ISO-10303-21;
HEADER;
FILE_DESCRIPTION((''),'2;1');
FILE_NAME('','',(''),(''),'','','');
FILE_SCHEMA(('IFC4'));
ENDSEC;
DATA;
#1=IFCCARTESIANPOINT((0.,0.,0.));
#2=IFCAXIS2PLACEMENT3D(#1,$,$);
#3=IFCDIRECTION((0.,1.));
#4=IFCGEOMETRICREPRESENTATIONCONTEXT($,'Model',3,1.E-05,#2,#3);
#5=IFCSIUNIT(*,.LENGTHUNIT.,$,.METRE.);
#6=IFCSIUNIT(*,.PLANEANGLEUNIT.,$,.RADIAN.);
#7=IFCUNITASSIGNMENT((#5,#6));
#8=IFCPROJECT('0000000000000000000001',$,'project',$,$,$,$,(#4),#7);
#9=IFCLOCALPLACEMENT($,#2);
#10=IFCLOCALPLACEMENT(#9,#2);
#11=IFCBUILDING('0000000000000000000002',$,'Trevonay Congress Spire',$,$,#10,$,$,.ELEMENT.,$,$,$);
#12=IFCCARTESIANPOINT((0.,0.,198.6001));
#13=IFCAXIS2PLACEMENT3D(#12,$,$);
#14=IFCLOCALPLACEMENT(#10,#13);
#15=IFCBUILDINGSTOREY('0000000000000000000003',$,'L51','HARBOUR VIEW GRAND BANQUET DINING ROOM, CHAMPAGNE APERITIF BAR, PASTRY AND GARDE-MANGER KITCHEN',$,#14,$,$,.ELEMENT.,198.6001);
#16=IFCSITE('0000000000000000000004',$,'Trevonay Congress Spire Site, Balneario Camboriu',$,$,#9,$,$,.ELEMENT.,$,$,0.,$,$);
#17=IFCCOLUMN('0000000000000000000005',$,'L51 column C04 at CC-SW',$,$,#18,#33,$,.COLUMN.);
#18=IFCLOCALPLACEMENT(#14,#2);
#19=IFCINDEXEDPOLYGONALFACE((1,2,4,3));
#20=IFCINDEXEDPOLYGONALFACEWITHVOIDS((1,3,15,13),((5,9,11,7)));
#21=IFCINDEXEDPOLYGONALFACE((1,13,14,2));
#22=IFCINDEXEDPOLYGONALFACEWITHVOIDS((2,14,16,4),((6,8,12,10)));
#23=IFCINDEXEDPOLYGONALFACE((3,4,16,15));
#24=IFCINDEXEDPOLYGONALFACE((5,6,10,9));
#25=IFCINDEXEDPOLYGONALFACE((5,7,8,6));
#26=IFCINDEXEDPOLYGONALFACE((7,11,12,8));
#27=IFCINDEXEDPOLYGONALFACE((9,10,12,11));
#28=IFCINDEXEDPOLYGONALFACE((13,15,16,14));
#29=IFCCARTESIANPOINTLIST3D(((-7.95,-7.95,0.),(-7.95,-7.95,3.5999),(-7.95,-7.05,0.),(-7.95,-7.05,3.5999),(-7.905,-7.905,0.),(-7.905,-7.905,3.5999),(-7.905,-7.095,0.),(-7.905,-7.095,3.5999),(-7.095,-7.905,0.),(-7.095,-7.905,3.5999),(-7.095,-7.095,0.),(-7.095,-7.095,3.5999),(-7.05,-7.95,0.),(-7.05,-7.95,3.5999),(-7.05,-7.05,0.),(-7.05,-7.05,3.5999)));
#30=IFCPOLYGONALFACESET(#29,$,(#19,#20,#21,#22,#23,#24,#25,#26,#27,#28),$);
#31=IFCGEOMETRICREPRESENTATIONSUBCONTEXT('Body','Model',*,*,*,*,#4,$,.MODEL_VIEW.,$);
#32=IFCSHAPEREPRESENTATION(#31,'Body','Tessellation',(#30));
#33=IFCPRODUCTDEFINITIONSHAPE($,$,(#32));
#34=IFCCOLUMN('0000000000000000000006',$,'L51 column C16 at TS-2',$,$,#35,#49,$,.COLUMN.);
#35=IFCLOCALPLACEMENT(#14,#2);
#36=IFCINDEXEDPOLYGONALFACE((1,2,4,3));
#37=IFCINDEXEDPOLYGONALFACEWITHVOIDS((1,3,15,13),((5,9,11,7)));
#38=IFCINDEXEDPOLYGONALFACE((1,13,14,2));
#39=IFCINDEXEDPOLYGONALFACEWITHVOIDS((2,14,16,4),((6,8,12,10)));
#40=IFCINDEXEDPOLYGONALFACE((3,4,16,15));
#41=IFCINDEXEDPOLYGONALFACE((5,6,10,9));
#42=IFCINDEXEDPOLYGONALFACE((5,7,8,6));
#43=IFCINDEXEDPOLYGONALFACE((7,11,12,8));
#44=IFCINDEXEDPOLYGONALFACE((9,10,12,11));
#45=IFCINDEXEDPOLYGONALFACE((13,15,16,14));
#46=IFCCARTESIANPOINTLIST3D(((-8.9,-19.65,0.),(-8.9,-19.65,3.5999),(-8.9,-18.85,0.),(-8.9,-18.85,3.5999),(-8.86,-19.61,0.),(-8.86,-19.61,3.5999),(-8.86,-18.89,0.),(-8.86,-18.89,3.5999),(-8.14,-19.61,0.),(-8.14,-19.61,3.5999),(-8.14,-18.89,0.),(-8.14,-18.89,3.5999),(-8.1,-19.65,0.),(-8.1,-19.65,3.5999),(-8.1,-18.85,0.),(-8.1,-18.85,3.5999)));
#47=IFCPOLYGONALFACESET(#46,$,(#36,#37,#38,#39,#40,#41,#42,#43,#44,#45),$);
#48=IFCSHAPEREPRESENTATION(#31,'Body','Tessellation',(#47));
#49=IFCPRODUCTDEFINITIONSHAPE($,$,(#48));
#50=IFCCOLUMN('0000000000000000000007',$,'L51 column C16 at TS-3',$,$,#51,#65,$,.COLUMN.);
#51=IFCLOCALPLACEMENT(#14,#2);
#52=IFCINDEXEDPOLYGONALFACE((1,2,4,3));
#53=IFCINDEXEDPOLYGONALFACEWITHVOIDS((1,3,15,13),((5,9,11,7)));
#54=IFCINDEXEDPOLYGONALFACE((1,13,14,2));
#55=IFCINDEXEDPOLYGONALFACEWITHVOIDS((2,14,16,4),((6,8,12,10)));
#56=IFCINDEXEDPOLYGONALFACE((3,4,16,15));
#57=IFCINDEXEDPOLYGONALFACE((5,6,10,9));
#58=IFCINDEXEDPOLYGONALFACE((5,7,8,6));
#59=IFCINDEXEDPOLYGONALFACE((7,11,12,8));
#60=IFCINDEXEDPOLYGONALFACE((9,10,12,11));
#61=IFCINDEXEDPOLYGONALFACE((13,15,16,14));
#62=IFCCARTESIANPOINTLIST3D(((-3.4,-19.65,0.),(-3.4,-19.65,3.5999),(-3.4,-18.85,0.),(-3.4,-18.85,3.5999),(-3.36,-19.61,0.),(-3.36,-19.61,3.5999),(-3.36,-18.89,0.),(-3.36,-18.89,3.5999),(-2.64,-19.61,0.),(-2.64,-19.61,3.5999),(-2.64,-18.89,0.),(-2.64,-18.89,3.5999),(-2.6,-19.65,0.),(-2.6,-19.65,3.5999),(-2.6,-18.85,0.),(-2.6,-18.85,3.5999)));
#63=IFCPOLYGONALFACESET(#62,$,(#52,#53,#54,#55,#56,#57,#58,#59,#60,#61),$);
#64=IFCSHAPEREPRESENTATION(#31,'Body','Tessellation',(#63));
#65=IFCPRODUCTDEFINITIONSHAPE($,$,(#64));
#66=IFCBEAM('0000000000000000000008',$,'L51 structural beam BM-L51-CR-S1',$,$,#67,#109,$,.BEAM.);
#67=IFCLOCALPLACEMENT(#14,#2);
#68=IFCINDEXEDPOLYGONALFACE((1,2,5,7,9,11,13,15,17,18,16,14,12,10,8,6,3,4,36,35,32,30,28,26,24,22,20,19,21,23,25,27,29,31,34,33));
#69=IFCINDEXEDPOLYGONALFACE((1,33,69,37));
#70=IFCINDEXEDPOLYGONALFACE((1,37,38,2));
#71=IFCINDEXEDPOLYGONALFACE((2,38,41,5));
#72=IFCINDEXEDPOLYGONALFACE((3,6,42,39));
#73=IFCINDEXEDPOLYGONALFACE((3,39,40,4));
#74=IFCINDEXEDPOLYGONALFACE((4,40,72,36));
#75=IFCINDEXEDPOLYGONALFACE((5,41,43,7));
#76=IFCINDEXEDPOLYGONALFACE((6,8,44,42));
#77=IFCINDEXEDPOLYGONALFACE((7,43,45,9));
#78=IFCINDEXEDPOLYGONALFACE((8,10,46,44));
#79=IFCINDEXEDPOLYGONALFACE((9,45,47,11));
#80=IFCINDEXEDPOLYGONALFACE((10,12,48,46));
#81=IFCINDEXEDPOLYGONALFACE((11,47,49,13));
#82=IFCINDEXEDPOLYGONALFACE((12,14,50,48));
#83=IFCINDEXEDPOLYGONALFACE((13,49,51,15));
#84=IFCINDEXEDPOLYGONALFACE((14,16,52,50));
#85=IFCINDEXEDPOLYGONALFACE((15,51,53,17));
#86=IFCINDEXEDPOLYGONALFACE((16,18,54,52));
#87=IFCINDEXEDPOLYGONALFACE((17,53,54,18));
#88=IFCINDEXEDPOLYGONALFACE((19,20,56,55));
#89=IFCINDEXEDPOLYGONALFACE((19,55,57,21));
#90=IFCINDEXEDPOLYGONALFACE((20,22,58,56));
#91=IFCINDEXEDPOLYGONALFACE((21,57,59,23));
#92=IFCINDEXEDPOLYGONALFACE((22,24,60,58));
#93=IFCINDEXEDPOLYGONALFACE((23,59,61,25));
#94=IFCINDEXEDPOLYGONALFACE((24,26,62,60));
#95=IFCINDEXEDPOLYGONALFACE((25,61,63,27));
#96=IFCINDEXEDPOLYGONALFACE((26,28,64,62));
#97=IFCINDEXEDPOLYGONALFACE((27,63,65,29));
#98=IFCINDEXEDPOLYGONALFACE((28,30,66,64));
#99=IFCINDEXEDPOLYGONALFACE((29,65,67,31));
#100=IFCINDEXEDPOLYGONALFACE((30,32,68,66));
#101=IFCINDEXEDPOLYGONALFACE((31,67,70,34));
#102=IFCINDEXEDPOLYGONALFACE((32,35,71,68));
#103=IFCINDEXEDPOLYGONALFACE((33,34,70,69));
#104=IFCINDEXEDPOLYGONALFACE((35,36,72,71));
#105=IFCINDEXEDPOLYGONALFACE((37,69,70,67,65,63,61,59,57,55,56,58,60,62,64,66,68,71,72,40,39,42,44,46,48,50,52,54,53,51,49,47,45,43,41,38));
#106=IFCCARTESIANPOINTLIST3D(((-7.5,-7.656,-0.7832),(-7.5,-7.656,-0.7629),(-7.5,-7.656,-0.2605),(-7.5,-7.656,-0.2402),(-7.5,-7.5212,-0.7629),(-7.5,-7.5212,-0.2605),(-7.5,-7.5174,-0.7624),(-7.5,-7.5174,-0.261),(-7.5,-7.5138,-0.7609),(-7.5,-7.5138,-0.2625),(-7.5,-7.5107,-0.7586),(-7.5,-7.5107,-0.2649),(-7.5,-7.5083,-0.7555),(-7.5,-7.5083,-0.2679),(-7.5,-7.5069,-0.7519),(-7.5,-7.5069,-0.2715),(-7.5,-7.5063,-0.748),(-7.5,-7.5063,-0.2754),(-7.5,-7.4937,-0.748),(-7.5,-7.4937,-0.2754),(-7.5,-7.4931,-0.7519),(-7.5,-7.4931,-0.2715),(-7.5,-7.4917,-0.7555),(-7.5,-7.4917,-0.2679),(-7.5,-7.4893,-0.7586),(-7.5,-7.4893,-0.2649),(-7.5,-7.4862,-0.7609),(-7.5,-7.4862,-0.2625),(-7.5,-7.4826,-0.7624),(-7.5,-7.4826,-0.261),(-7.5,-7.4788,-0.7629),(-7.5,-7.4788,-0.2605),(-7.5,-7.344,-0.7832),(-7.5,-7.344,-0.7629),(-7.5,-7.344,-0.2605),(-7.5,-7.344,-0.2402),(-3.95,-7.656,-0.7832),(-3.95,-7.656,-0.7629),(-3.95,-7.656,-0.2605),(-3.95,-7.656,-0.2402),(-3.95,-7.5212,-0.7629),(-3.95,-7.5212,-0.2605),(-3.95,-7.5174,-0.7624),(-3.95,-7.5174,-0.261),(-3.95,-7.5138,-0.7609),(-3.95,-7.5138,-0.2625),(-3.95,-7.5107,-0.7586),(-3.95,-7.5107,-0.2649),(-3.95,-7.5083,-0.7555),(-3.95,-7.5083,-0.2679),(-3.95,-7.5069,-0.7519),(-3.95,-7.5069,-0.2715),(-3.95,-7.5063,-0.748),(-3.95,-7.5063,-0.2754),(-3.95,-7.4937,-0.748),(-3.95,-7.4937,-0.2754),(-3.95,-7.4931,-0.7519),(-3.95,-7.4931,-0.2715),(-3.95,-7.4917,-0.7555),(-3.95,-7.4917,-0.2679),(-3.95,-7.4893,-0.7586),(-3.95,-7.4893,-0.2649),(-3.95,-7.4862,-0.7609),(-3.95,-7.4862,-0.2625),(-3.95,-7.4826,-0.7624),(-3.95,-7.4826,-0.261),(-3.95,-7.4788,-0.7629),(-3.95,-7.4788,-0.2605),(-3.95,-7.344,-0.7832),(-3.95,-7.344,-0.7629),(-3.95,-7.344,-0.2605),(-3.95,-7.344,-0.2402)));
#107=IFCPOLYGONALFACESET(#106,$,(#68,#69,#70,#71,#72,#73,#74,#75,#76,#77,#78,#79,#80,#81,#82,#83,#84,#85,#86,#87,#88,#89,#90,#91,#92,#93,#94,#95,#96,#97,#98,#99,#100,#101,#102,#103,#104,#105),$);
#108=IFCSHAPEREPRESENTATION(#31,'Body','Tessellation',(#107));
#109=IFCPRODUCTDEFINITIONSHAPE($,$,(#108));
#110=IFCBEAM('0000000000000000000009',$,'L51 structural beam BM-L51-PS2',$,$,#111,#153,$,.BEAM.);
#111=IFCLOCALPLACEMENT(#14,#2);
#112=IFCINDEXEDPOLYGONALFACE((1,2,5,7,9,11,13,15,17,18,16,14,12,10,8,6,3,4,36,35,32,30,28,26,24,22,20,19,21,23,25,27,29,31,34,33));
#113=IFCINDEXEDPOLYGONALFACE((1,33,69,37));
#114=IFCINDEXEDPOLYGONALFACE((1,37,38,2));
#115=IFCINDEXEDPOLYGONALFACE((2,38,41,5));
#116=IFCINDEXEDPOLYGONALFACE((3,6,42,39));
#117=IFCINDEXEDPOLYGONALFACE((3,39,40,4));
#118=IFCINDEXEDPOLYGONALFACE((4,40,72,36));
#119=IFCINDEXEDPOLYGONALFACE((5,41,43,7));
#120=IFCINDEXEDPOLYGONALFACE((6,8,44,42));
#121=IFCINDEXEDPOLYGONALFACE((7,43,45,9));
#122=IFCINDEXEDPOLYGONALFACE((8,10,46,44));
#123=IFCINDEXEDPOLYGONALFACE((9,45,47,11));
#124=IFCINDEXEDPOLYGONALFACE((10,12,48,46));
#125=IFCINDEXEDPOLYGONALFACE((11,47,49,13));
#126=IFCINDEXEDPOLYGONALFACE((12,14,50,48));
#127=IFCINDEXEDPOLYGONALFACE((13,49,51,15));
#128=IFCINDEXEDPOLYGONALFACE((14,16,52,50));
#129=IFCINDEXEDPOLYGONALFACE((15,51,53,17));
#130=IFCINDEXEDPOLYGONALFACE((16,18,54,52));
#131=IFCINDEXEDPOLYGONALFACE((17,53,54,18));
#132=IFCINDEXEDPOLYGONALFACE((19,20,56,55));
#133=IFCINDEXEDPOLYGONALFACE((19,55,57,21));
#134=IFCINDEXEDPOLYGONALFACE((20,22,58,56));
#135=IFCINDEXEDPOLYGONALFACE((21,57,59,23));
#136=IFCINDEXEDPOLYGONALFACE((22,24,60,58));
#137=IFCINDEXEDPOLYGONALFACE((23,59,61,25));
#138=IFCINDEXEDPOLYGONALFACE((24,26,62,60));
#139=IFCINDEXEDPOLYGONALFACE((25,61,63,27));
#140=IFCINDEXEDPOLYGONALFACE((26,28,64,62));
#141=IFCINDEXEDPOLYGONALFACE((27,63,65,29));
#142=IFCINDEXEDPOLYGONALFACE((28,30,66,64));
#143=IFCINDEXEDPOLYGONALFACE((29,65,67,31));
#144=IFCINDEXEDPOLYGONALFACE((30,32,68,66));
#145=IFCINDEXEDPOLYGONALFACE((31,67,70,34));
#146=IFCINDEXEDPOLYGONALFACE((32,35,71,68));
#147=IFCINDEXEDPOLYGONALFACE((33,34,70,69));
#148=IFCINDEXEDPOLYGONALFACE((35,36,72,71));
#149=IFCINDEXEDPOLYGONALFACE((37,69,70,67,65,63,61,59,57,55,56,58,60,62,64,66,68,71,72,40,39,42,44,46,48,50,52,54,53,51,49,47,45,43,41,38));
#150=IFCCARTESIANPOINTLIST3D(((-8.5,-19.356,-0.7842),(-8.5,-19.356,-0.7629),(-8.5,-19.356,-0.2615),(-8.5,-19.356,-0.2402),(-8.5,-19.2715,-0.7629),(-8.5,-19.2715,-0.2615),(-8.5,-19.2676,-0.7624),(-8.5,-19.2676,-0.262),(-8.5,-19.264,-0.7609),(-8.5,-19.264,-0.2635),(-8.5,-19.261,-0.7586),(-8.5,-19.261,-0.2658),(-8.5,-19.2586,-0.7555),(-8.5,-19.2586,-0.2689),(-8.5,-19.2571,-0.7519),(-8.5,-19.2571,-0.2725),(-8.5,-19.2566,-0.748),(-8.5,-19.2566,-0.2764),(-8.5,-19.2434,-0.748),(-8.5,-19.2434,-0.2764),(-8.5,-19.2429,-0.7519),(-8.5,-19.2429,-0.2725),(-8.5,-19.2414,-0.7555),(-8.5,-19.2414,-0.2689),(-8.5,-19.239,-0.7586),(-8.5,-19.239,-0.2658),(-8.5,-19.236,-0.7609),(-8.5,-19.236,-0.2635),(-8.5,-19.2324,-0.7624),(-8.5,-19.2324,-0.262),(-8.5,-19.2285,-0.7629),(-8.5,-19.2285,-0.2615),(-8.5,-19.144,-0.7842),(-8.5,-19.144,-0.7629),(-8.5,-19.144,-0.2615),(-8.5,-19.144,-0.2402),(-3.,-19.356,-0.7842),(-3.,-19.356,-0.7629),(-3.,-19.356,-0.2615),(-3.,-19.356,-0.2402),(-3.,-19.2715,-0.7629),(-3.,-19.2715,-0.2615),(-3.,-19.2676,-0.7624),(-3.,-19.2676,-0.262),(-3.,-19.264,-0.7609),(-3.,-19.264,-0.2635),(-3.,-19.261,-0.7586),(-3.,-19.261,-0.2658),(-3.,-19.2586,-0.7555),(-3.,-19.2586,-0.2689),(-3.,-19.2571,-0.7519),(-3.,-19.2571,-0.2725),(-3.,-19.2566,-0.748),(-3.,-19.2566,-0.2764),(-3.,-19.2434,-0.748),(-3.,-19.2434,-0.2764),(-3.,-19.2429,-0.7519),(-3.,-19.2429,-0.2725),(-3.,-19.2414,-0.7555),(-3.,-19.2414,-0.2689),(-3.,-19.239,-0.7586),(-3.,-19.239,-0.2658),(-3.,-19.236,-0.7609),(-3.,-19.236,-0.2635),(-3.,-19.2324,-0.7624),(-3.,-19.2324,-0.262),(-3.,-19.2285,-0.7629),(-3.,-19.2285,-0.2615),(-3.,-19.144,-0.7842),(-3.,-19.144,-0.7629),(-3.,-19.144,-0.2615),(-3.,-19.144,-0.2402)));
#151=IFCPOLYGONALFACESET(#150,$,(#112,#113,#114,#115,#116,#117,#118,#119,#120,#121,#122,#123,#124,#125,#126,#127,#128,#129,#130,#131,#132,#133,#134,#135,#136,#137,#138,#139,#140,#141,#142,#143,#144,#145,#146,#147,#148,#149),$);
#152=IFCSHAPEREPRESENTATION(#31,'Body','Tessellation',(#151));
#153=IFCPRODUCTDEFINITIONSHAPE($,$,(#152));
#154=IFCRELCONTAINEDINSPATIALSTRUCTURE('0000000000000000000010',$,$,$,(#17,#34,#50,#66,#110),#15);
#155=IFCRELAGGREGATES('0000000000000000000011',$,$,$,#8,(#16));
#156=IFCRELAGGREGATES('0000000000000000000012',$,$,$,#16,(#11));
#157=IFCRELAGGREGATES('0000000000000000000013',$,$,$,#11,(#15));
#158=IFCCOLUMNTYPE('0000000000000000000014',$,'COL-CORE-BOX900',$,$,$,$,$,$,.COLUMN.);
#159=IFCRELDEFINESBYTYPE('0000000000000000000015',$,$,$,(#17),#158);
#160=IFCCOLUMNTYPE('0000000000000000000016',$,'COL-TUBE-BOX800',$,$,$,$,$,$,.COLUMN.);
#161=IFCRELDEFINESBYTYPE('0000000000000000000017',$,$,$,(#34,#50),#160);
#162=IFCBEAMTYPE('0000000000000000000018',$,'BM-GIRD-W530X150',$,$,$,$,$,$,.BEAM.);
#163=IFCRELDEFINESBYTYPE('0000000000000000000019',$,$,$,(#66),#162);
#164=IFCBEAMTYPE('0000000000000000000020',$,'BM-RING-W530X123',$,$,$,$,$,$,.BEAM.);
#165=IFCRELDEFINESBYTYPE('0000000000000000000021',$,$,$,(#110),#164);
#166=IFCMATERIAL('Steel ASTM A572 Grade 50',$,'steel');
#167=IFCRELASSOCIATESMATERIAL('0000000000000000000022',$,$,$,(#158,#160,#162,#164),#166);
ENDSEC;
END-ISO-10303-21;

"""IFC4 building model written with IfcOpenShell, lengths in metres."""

from ifc_helpers import new_model, si_unit, direction, frame, origin, origin_2d, place, context, subcontext, project, spatial, hollow_rectangle, i_section, extrude, material, material_profile, profile_set, type_object, element, save


model = new_model("IFC4")

# Units and contexts
model_context = context("Model", 3, precision=1e-05, world=origin(), true_north=direction((0.0, 1.0)))
body_context = subcontext(model_context, "Body", "Model", "MODEL_VIEW")
ifc_project = project(units=[si_unit("LENGTHUNIT", "METRE"), si_unit("PLANEANGLEUNIT", "RADIAN")], contexts=[model_context])

# Site, building, storey
site_placement = place(None, origin())
site = spatial("IfcSite", under=ifc_project, at=site_placement, Name="Trevonay Congress Spire Site, Balneario Camboriu", CompositionType="ELEMENT", RefElevation=0.0)
building_placement = place(site_placement, origin())
building = spatial("IfcBuilding", under=site, at=building_placement, Name="Trevonay Congress Spire", CompositionType="ELEMENT")
storey_placement = place(building_placement, frame((0.0, 0.0, 198.6001)))
storey = spatial("IfcBuildingStorey", under=building, at=storey_placement, Name="L51", Description="HARBOUR VIEW GRAND BANQUET DINING ROOM, CHAMPAGNE APERITIF BAR, PASTRY AND GARDE-MANGER KITCHEN", CompositionType="ELEMENT", Elevation=198.6001)

# Columns
ifc_material_1 = material(Name="Steel ASTM A572 Grade 50", Category="steel")
ifc_material_profile_1 = material_profile(ifc_material_1, hollow_rectangle(XDim=0.8999, YDim=0.8999, WallThickness=0.0449, at=origin_2d()), Name="BOX 900x900x45")
ifc_profile_set_1 = profile_set([ifc_material_profile_1], Name="Steel ASTM A572 Grade 50")
column_type_1 = type_object("IfcColumnType", Name="COL-CORE-BOX900", PredefinedType="COLUMN", material=ifc_profile_set_1)
column_placement = place(storey_placement, frame((-7.5, -7.5, 0.0), z_axis=(0.0, 0.0, 1.0), x_axis=(1.0, 0.0, 0.0)))
element("IfcColumn", 1, at=column_placement, inside=storey, type_object=column_type_1, Name="L51 column C04 at CC-SW", PredefinedType="COLUMN", context=body_context, shape_type="SweptSolid", body=[
    extrude(hollow_rectangle(XDim=0.8999, YDim=0.8999, WallThickness=0.0449, at=origin_2d()), origin(), (0.0, 0.0, 1.0), 3.5999),
])
ifc_material_profile_2 = material_profile(ifc_material_1, hollow_rectangle(XDim=0.8, YDim=0.8, WallThickness=0.04, at=origin_2d()), Name="BOX 800x800x40")
ifc_profile_set_2 = profile_set([ifc_material_profile_2], Name="Steel ASTM A572 Grade 50")
column_type_2 = type_object("IfcColumnType", Name="COL-TUBE-BOX800", PredefinedType="COLUMN", material=ifc_profile_set_2)
for number, where, z_axis, x_axis, name in (
    (2, (-8.5, -19.25, 0.0), (0.0, 0.0, 1.0), (1.0, 0.0, 0.0), "L51 column C16 at TS-2"),
    (3, (-3.0, -19.25, 0.0), (0.0, 0.0, 1.0), (1.0, 0.0, 0.0), "L51 column C16 at TS-3"),
):
    element("IfcColumn", number, at=place(storey_placement, frame(where, z_axis=z_axis, x_axis=x_axis)), inside=storey, type_object=column_type_2, Name=name, PredefinedType="COLUMN", context=body_context, shape_type="SweptSolid", body=[
        extrude(hollow_rectangle(XDim=0.8, YDim=0.8, WallThickness=0.04, at=origin_2d()), origin(), (0.0, 0.0, 1.0), 3.5999),
    ])

# Beams
ifc_material_profile_3 = material_profile(ifc_material_1, i_section(OverallWidth=0.312, OverallDepth=0.543, WebThickness=0.0127, FlangeThickness=0.0203, FilletRadius=0.0149, at=origin_2d()), Name="W530x150")
ifc_profile_set_3 = profile_set([ifc_material_profile_3], Name="Steel ASTM A572 Grade 50")
beam_type_1 = type_object("IfcBeamType", Name="BM-GIRD-W530X150", PredefinedType="BEAM", material=ifc_profile_set_3)
beam_1_placement = place(storey_placement, frame((-7.5, -7.5, -0.5117), z_axis=(1.0, 0.0, 0.0), x_axis=(0.0, 1.0, 0.0)))
element("IfcBeam", 4, at=beam_1_placement, inside=storey, type_object=beam_type_1, Name="L51 structural beam BM-L51-CR-S1", PredefinedType="BEAM", context=body_context, shape_type="SweptSolid", body=[
    extrude(i_section(OverallWidth=0.312, OverallDepth=0.543, WebThickness=0.0127, FlangeThickness=0.0203, FilletRadius=0.0149, at=origin_2d()), origin(), (0.0, 0.0, 1.0), 3.55),
])
ifc_material_profile_4 = material_profile(ifc_material_1, i_section(OverallWidth=0.2119, OverallDepth=0.5439, WebThickness=0.0132, FlangeThickness=0.0212, FilletRadius=0.0149, at=origin_2d()), Name="W530x123")
ifc_profile_set_4 = profile_set([ifc_material_profile_4], Name="Steel ASTM A572 Grade 50")
beam_type_2 = type_object("IfcBeamType", Name="BM-RING-W530X123", PredefinedType="BEAM", material=ifc_profile_set_4)
beam_2_placement = place(storey_placement, frame((-8.5, -19.25, -0.5122), z_axis=(1.0, 0.0, 0.0), x_axis=(0.0, 1.0, 0.0)))
element("IfcBeam", 5, at=beam_2_placement, inside=storey, type_object=beam_type_2, Name="L51 structural beam BM-L51-PS2", PredefinedType="BEAM", context=body_context, shape_type="SweptSolid", body=[
    extrude(i_section(OverallWidth=0.2119, OverallDepth=0.5439, WebThickness=0.0132, FlangeThickness=0.0212, FilletRadius=0.0149, at=origin_2d()), origin(), (0.0, 0.0, 1.0), 5.5),
])

save(model, "model.ifc")
